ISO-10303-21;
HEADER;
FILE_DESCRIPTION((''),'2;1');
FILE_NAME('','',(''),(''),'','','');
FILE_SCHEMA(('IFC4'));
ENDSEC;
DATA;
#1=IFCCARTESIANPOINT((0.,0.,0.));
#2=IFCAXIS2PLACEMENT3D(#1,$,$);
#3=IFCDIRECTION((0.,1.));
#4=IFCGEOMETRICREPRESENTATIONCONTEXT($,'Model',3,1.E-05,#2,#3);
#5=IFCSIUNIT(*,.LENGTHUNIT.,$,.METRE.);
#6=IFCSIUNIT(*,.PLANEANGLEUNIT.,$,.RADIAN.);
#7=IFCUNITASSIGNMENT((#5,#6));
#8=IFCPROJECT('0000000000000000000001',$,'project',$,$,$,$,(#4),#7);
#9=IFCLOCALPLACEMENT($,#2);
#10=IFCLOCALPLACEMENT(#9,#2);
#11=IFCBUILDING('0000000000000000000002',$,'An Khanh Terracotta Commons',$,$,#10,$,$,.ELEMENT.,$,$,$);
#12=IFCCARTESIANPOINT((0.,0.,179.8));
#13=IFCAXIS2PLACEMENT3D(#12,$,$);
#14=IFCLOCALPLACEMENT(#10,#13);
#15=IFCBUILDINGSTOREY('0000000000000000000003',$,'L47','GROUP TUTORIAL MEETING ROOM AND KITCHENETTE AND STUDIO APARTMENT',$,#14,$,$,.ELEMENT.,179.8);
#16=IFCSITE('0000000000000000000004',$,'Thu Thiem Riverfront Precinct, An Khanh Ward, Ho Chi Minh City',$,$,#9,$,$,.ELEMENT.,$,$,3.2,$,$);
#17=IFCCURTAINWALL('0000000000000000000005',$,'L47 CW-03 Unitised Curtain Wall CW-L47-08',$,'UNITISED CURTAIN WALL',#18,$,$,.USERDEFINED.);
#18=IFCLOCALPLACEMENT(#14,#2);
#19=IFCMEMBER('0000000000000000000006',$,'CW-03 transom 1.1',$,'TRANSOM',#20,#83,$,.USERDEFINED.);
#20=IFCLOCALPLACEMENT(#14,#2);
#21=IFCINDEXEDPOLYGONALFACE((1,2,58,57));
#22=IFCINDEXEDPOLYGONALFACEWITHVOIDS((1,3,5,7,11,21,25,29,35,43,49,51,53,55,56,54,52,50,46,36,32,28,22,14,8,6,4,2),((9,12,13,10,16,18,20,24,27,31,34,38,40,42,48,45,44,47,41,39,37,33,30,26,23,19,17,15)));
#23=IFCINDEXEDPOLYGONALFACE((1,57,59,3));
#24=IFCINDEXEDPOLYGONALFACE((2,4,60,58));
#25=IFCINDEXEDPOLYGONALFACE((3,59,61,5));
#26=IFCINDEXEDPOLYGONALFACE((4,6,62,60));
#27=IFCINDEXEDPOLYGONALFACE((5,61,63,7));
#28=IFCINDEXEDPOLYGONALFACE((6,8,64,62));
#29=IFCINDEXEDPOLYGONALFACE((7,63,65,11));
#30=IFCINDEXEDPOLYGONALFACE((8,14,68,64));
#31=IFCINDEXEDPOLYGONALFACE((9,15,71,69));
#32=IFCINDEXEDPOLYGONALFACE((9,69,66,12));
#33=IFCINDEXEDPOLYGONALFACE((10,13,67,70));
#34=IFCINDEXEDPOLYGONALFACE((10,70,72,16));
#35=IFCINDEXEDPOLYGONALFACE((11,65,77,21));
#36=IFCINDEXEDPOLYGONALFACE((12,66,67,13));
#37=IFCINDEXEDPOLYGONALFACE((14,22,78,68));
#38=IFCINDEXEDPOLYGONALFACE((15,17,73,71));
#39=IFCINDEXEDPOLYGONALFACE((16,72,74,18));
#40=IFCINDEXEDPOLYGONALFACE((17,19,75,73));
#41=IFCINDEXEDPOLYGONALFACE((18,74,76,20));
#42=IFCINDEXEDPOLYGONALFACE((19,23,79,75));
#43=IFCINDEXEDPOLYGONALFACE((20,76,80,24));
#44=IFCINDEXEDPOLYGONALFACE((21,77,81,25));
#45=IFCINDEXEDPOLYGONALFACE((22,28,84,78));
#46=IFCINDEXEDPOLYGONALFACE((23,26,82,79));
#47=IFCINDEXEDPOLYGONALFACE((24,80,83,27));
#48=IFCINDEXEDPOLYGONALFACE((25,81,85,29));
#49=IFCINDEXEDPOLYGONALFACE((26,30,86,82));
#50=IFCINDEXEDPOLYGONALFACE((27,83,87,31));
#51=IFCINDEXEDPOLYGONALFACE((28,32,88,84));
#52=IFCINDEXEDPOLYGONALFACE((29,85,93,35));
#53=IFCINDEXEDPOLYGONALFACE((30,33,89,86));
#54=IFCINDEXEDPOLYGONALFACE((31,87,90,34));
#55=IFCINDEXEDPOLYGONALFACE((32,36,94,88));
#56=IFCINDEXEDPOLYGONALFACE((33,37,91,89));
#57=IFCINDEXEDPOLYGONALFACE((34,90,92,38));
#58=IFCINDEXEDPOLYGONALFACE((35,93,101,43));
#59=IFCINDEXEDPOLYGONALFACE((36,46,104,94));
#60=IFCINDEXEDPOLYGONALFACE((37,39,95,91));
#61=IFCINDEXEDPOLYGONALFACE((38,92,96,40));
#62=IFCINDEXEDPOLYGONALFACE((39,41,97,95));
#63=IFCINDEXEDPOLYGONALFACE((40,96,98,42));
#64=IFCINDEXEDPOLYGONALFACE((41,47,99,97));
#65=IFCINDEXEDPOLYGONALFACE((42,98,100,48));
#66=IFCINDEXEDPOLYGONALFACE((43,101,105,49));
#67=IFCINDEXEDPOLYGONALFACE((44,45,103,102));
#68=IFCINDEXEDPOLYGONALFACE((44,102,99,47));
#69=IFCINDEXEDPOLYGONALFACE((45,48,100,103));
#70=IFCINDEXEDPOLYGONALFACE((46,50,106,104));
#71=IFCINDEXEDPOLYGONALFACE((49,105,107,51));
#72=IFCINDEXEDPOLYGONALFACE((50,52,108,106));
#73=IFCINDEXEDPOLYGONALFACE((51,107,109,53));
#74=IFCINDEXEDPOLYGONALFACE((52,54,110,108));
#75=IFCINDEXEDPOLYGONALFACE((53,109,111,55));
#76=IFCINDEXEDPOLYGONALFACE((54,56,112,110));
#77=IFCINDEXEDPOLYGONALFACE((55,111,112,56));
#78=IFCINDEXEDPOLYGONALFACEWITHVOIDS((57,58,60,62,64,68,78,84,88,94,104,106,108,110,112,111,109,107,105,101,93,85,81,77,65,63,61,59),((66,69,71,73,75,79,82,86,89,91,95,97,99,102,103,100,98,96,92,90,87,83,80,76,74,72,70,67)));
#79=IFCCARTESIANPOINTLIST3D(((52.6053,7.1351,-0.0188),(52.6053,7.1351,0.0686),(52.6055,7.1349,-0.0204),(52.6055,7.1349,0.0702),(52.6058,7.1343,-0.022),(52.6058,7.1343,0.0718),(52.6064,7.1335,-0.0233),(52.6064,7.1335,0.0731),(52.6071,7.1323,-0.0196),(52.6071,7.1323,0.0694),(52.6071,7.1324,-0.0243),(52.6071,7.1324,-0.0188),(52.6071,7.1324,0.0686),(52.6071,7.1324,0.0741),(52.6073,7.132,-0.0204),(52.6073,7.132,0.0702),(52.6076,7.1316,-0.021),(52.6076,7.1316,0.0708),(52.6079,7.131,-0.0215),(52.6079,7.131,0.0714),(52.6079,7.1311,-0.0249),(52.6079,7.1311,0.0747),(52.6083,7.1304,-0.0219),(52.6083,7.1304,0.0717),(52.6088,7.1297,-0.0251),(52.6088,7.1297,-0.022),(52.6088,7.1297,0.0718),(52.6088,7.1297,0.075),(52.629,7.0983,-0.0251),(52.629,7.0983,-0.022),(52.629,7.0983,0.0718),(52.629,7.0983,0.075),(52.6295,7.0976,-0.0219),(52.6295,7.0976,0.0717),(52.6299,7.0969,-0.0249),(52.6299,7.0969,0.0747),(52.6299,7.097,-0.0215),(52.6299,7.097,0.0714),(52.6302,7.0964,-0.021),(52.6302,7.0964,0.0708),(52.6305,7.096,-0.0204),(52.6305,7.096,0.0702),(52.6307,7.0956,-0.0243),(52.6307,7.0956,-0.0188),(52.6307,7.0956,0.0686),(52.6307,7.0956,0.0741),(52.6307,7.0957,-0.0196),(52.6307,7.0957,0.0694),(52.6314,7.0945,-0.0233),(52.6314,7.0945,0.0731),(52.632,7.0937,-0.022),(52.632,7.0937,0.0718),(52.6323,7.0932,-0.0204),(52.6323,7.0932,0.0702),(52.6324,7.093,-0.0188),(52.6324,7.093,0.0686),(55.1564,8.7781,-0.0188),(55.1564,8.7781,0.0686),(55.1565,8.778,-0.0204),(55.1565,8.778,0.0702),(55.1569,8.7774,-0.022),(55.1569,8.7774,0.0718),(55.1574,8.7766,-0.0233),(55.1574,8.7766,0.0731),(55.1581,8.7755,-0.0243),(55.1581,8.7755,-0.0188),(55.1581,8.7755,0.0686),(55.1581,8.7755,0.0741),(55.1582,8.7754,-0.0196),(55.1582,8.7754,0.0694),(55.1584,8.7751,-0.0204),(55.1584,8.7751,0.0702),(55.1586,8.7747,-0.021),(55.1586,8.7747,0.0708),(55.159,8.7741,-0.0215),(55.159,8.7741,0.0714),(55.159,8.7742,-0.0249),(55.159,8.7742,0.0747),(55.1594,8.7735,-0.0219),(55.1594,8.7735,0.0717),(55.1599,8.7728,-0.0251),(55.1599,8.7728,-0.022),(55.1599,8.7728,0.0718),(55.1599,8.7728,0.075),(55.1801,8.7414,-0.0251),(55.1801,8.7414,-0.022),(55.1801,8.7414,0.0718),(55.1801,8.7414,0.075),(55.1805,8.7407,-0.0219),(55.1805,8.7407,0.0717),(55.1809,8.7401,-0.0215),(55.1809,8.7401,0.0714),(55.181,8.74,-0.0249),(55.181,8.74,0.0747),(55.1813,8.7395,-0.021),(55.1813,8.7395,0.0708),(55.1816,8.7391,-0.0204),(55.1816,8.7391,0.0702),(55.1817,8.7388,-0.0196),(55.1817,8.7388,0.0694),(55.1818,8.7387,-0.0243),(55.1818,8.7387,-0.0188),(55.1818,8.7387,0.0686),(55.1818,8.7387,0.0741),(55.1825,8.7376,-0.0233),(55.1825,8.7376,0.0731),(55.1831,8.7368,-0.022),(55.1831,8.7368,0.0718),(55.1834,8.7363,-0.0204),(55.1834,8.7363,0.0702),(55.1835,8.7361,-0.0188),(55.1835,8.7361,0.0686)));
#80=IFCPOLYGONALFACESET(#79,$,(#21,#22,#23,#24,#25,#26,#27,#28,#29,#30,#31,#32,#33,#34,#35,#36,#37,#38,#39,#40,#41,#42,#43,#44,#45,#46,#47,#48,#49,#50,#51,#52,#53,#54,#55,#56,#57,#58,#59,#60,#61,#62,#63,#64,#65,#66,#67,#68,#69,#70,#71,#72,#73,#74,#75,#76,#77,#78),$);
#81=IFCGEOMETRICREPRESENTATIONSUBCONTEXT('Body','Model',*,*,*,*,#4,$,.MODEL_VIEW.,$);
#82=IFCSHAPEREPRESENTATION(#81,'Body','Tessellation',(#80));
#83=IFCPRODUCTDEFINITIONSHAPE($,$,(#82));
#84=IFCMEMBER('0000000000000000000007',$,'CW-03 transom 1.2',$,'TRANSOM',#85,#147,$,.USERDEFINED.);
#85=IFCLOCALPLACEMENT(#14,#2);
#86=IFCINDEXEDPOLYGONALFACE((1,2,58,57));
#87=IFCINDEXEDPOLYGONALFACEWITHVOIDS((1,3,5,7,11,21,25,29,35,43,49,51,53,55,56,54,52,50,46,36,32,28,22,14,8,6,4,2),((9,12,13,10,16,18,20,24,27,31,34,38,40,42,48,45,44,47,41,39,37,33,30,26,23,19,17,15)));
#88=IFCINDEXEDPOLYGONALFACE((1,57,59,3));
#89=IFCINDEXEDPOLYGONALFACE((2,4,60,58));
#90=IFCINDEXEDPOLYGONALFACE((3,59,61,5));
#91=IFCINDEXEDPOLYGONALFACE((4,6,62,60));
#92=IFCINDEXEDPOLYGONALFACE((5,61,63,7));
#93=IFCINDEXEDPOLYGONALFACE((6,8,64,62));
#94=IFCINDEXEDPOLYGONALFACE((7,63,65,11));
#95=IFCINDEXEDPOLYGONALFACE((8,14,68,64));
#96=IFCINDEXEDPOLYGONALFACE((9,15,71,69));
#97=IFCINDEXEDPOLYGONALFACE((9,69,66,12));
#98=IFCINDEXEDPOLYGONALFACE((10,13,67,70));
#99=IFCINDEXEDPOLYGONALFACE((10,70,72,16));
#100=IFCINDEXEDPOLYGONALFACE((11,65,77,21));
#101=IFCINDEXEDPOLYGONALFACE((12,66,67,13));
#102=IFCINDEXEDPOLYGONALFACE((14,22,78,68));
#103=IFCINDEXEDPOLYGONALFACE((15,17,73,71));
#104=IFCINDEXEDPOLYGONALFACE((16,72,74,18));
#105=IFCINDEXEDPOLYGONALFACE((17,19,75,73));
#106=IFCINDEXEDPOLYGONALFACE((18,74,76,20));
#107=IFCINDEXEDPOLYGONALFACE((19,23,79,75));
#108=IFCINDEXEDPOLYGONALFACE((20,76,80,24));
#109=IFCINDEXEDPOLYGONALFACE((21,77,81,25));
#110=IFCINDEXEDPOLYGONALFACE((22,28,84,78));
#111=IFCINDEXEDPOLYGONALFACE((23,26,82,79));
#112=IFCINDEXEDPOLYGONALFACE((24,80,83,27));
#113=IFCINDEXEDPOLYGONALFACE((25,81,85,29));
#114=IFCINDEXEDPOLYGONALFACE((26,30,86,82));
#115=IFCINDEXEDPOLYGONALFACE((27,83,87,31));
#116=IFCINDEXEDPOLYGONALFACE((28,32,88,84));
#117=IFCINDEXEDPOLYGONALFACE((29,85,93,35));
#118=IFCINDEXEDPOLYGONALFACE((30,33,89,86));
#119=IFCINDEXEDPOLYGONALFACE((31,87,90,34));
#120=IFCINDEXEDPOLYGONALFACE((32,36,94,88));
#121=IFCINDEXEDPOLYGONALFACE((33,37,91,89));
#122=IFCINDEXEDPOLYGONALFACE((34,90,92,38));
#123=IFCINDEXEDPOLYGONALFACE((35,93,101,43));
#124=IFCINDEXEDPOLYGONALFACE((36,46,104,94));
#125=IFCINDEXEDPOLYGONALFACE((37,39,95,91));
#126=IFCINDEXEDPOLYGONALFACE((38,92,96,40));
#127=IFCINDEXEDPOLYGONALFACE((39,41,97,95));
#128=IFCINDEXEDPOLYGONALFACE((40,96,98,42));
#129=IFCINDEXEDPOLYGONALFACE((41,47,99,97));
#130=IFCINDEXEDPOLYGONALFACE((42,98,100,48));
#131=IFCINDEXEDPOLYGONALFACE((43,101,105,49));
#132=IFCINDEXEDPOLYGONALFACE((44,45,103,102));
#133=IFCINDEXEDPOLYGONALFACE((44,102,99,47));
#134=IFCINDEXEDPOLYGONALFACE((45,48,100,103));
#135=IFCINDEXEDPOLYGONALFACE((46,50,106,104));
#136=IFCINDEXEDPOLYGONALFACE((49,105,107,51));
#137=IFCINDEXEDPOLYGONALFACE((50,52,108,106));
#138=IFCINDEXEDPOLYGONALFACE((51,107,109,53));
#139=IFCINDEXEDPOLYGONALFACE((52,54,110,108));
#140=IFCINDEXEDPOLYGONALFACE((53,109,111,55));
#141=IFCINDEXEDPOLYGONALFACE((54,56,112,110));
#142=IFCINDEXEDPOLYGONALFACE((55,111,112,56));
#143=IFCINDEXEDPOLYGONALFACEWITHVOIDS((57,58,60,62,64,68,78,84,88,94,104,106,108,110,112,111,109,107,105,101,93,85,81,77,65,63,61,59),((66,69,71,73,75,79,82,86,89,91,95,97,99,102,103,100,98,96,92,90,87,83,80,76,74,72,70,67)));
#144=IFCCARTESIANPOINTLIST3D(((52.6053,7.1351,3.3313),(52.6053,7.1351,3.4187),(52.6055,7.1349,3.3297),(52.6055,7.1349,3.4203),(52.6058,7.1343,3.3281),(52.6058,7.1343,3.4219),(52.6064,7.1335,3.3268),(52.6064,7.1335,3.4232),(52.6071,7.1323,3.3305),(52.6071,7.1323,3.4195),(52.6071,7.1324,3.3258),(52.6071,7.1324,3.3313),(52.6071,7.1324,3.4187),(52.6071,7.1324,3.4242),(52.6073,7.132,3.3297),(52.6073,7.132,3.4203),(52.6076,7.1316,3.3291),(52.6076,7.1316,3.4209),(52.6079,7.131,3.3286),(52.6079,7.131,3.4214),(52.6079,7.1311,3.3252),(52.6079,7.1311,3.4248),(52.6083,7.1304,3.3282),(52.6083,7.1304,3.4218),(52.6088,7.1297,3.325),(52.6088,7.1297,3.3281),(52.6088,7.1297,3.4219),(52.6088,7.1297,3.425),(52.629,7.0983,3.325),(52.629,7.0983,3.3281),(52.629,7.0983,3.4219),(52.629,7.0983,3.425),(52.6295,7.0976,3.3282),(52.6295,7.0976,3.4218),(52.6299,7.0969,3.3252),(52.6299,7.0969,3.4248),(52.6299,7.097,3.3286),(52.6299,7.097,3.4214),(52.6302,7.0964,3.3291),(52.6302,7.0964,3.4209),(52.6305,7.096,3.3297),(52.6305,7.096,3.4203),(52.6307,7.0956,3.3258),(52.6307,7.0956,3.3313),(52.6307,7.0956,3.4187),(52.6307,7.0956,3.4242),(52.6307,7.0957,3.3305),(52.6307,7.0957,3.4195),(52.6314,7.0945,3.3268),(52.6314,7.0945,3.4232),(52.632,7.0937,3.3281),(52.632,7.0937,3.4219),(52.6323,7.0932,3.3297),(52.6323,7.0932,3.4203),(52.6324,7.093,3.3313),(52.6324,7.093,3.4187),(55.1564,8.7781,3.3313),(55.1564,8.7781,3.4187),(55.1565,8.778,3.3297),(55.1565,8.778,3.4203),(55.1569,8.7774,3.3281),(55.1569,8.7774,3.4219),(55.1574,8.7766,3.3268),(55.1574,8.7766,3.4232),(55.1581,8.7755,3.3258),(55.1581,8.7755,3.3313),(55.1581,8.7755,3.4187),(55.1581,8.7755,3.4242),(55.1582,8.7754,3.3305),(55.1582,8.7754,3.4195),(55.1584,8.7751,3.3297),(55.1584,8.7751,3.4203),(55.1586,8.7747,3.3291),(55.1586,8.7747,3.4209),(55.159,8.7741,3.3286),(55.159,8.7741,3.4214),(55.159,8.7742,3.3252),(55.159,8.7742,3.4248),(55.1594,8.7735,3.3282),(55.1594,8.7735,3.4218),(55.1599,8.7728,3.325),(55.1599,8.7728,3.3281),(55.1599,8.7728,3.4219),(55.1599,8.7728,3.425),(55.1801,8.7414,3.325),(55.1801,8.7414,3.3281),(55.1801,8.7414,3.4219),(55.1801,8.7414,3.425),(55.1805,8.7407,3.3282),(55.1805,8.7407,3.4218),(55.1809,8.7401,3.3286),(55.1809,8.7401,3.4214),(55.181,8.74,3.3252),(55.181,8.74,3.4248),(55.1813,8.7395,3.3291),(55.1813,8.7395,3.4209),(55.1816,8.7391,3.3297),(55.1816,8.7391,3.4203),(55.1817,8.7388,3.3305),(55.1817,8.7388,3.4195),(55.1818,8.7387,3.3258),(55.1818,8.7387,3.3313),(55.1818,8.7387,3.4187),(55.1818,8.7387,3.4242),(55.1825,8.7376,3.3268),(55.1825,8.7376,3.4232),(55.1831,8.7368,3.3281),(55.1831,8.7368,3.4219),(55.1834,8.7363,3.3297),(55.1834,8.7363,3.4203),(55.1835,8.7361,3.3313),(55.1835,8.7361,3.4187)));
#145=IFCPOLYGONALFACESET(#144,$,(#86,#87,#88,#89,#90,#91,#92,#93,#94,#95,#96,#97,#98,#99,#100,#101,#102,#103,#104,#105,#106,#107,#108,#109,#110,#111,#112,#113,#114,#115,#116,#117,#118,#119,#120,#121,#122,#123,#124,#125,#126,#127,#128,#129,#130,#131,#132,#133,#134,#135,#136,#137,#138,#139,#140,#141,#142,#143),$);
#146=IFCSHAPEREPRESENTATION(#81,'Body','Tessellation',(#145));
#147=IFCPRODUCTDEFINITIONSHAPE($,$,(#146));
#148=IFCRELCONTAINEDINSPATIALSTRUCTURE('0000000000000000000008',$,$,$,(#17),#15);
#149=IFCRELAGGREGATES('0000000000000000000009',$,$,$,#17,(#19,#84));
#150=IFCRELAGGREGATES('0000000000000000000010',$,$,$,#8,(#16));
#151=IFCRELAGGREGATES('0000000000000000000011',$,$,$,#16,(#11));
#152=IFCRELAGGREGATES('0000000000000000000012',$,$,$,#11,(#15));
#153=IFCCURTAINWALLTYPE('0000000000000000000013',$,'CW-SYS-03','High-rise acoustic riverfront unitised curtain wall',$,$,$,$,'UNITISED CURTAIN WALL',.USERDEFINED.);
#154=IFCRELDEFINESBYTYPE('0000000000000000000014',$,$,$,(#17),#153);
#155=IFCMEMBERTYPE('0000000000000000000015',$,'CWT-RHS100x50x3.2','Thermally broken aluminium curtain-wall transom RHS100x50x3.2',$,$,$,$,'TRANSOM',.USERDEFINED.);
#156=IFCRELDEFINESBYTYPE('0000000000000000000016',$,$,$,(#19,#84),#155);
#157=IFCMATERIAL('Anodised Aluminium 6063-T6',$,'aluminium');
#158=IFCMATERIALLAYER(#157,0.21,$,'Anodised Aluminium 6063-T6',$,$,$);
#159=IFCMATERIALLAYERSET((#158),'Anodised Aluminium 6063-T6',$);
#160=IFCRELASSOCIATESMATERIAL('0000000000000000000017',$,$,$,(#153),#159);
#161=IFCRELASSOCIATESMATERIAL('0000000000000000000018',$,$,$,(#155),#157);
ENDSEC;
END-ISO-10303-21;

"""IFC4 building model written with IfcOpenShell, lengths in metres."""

from ifc_helpers import new_model, si_unit, direction, frame, origin, origin_2d, place, context, subcontext, project, spatial, hollow_rectangle, extrude, material, layer, layer_set, material_profile, profile_set, type_object, element, aggregate, save


model = new_model("IFC4")

# Units and contexts
model_context = context("Model", 3, precision=1e-05, world=origin(), true_north=direction((0.0, 1.0)))
body_context = subcontext(model_context, "Body", "Model", "MODEL_VIEW")
ifc_project = project(units=[si_unit("LENGTHUNIT", "METRE"), si_unit("PLANEANGLEUNIT", "RADIAN")], contexts=[model_context])

# Site, building, storey
site_placement = place(None, origin())
site = spatial("IfcSite", under=ifc_project, at=site_placement, Name="Thu Thiem Riverfront Precinct, An Khanh Ward, Ho Chi Minh City", CompositionType="ELEMENT", RefElevation=3.2)
building_placement = place(site_placement, origin())
building = spatial("IfcBuilding", under=site, at=building_placement, Name="An Khanh Terracotta Commons", CompositionType="ELEMENT")
storey_placement = place(building_placement, frame((0.0, 0.0, 179.8)))
storey = spatial("IfcBuildingStorey", under=building, at=storey_placement, Name="L47", Description="GROUP TUTORIAL MEETING ROOM AND KITCHENETTE AND STUDIO APARTMENT", CompositionType="ELEMENT", Elevation=179.8)

# Curtain wall, members
ifc_material_1 = material(Name="Anodised Aluminium 6063-T6", Category="aluminium")
ifc_layer_1 = layer(ifc_material_1, 0.21, Name="Anodised Aluminium 6063-T6")
ifc_layer_set_1 = layer_set([ifc_layer_1], Name="Anodised Aluminium 6063-T6")
curtain_wall_type = type_object("IfcCurtainWallType", Name="CW-SYS-03", Description="High-rise acoustic riverfront unitised curtain wall", ElementType="UNITISED CURTAIN WALL", PredefinedType="USERDEFINED", material=ifc_layer_set_1)
curtain_wall_placement = place(storey_placement, origin())
curtain_wall = element("IfcCurtainWall", 1, at=curtain_wall_placement, inside=storey, type_object=curtain_wall_type, Name="L47 CW-03 Unitised Curtain Wall CW-L47-08", ObjectType="UNITISED CURTAIN WALL", PredefinedType="USERDEFINED")
ifc_material_profile_1 = material_profile(ifc_material_1, hollow_rectangle(XDim=0.05, YDim=0.1001, WallThickness=0.0032, InnerFilletRadius=0.0032, OuterFilletRadius=0.0063, at=origin_2d()), Name="RHS100x50x3.2")
ifc_profile_set_1 = profile_set([ifc_material_profile_1], Name="Anodised Aluminium 6063-T6")
member_type_1 = type_object("IfcMemberType", Name="CWT-RHS100x50x3.2", Description="Thermally broken aluminium curtain-wall transom RHS100x50x3.2", ElementType="TRANSOM", PredefinedType="USERDEFINED", material=ifc_profile_set_1)
member_1_placement = place(storey_placement, frame((52.6189, 7.114, 0.0249), z_axis=(0.84071, 0.541485, 0.0), x_axis=(-0.541485, 0.84071, 0.0)))
member_1 = element("IfcMember", 2, at=member_1_placement, type_object=member_type_1, Name="CW-03 transom 1.1", ObjectType="TRANSOM", PredefinedType="USERDEFINED", context=body_context, shape_type="SweptSolid", body=[
    extrude(hollow_rectangle(XDim=0.05, YDim=0.1001, WallThickness=0.0032, InnerFilletRadius=0.0032, OuterFilletRadius=0.0063, at=origin_2d()), origin(), (0.0, 0.0, 1.0), 3.0344),
])
member_2_placement = place(storey_placement, frame((52.6189, 7.114, 3.375), z_axis=(0.84071, 0.541485, 0.0), x_axis=(-0.541485, 0.84071, 0.0)))
member_2 = element("IfcMember", 3, at=member_2_placement, type_object=member_type_1, Name="CW-03 transom 1.2", ObjectType="TRANSOM", PredefinedType="USERDEFINED", context=body_context, shape_type="SweptSolid", body=[
    extrude(hollow_rectangle(XDim=0.05, YDim=0.1001, WallThickness=0.0032, InnerFilletRadius=0.0032, OuterFilletRadius=0.0063, at=origin_2d()), origin(), (0.0, 0.0, 1.0), 3.0344),
])
aggregate(curtain_wall, [member_1, member_2])

save(model, "model.ifc")
